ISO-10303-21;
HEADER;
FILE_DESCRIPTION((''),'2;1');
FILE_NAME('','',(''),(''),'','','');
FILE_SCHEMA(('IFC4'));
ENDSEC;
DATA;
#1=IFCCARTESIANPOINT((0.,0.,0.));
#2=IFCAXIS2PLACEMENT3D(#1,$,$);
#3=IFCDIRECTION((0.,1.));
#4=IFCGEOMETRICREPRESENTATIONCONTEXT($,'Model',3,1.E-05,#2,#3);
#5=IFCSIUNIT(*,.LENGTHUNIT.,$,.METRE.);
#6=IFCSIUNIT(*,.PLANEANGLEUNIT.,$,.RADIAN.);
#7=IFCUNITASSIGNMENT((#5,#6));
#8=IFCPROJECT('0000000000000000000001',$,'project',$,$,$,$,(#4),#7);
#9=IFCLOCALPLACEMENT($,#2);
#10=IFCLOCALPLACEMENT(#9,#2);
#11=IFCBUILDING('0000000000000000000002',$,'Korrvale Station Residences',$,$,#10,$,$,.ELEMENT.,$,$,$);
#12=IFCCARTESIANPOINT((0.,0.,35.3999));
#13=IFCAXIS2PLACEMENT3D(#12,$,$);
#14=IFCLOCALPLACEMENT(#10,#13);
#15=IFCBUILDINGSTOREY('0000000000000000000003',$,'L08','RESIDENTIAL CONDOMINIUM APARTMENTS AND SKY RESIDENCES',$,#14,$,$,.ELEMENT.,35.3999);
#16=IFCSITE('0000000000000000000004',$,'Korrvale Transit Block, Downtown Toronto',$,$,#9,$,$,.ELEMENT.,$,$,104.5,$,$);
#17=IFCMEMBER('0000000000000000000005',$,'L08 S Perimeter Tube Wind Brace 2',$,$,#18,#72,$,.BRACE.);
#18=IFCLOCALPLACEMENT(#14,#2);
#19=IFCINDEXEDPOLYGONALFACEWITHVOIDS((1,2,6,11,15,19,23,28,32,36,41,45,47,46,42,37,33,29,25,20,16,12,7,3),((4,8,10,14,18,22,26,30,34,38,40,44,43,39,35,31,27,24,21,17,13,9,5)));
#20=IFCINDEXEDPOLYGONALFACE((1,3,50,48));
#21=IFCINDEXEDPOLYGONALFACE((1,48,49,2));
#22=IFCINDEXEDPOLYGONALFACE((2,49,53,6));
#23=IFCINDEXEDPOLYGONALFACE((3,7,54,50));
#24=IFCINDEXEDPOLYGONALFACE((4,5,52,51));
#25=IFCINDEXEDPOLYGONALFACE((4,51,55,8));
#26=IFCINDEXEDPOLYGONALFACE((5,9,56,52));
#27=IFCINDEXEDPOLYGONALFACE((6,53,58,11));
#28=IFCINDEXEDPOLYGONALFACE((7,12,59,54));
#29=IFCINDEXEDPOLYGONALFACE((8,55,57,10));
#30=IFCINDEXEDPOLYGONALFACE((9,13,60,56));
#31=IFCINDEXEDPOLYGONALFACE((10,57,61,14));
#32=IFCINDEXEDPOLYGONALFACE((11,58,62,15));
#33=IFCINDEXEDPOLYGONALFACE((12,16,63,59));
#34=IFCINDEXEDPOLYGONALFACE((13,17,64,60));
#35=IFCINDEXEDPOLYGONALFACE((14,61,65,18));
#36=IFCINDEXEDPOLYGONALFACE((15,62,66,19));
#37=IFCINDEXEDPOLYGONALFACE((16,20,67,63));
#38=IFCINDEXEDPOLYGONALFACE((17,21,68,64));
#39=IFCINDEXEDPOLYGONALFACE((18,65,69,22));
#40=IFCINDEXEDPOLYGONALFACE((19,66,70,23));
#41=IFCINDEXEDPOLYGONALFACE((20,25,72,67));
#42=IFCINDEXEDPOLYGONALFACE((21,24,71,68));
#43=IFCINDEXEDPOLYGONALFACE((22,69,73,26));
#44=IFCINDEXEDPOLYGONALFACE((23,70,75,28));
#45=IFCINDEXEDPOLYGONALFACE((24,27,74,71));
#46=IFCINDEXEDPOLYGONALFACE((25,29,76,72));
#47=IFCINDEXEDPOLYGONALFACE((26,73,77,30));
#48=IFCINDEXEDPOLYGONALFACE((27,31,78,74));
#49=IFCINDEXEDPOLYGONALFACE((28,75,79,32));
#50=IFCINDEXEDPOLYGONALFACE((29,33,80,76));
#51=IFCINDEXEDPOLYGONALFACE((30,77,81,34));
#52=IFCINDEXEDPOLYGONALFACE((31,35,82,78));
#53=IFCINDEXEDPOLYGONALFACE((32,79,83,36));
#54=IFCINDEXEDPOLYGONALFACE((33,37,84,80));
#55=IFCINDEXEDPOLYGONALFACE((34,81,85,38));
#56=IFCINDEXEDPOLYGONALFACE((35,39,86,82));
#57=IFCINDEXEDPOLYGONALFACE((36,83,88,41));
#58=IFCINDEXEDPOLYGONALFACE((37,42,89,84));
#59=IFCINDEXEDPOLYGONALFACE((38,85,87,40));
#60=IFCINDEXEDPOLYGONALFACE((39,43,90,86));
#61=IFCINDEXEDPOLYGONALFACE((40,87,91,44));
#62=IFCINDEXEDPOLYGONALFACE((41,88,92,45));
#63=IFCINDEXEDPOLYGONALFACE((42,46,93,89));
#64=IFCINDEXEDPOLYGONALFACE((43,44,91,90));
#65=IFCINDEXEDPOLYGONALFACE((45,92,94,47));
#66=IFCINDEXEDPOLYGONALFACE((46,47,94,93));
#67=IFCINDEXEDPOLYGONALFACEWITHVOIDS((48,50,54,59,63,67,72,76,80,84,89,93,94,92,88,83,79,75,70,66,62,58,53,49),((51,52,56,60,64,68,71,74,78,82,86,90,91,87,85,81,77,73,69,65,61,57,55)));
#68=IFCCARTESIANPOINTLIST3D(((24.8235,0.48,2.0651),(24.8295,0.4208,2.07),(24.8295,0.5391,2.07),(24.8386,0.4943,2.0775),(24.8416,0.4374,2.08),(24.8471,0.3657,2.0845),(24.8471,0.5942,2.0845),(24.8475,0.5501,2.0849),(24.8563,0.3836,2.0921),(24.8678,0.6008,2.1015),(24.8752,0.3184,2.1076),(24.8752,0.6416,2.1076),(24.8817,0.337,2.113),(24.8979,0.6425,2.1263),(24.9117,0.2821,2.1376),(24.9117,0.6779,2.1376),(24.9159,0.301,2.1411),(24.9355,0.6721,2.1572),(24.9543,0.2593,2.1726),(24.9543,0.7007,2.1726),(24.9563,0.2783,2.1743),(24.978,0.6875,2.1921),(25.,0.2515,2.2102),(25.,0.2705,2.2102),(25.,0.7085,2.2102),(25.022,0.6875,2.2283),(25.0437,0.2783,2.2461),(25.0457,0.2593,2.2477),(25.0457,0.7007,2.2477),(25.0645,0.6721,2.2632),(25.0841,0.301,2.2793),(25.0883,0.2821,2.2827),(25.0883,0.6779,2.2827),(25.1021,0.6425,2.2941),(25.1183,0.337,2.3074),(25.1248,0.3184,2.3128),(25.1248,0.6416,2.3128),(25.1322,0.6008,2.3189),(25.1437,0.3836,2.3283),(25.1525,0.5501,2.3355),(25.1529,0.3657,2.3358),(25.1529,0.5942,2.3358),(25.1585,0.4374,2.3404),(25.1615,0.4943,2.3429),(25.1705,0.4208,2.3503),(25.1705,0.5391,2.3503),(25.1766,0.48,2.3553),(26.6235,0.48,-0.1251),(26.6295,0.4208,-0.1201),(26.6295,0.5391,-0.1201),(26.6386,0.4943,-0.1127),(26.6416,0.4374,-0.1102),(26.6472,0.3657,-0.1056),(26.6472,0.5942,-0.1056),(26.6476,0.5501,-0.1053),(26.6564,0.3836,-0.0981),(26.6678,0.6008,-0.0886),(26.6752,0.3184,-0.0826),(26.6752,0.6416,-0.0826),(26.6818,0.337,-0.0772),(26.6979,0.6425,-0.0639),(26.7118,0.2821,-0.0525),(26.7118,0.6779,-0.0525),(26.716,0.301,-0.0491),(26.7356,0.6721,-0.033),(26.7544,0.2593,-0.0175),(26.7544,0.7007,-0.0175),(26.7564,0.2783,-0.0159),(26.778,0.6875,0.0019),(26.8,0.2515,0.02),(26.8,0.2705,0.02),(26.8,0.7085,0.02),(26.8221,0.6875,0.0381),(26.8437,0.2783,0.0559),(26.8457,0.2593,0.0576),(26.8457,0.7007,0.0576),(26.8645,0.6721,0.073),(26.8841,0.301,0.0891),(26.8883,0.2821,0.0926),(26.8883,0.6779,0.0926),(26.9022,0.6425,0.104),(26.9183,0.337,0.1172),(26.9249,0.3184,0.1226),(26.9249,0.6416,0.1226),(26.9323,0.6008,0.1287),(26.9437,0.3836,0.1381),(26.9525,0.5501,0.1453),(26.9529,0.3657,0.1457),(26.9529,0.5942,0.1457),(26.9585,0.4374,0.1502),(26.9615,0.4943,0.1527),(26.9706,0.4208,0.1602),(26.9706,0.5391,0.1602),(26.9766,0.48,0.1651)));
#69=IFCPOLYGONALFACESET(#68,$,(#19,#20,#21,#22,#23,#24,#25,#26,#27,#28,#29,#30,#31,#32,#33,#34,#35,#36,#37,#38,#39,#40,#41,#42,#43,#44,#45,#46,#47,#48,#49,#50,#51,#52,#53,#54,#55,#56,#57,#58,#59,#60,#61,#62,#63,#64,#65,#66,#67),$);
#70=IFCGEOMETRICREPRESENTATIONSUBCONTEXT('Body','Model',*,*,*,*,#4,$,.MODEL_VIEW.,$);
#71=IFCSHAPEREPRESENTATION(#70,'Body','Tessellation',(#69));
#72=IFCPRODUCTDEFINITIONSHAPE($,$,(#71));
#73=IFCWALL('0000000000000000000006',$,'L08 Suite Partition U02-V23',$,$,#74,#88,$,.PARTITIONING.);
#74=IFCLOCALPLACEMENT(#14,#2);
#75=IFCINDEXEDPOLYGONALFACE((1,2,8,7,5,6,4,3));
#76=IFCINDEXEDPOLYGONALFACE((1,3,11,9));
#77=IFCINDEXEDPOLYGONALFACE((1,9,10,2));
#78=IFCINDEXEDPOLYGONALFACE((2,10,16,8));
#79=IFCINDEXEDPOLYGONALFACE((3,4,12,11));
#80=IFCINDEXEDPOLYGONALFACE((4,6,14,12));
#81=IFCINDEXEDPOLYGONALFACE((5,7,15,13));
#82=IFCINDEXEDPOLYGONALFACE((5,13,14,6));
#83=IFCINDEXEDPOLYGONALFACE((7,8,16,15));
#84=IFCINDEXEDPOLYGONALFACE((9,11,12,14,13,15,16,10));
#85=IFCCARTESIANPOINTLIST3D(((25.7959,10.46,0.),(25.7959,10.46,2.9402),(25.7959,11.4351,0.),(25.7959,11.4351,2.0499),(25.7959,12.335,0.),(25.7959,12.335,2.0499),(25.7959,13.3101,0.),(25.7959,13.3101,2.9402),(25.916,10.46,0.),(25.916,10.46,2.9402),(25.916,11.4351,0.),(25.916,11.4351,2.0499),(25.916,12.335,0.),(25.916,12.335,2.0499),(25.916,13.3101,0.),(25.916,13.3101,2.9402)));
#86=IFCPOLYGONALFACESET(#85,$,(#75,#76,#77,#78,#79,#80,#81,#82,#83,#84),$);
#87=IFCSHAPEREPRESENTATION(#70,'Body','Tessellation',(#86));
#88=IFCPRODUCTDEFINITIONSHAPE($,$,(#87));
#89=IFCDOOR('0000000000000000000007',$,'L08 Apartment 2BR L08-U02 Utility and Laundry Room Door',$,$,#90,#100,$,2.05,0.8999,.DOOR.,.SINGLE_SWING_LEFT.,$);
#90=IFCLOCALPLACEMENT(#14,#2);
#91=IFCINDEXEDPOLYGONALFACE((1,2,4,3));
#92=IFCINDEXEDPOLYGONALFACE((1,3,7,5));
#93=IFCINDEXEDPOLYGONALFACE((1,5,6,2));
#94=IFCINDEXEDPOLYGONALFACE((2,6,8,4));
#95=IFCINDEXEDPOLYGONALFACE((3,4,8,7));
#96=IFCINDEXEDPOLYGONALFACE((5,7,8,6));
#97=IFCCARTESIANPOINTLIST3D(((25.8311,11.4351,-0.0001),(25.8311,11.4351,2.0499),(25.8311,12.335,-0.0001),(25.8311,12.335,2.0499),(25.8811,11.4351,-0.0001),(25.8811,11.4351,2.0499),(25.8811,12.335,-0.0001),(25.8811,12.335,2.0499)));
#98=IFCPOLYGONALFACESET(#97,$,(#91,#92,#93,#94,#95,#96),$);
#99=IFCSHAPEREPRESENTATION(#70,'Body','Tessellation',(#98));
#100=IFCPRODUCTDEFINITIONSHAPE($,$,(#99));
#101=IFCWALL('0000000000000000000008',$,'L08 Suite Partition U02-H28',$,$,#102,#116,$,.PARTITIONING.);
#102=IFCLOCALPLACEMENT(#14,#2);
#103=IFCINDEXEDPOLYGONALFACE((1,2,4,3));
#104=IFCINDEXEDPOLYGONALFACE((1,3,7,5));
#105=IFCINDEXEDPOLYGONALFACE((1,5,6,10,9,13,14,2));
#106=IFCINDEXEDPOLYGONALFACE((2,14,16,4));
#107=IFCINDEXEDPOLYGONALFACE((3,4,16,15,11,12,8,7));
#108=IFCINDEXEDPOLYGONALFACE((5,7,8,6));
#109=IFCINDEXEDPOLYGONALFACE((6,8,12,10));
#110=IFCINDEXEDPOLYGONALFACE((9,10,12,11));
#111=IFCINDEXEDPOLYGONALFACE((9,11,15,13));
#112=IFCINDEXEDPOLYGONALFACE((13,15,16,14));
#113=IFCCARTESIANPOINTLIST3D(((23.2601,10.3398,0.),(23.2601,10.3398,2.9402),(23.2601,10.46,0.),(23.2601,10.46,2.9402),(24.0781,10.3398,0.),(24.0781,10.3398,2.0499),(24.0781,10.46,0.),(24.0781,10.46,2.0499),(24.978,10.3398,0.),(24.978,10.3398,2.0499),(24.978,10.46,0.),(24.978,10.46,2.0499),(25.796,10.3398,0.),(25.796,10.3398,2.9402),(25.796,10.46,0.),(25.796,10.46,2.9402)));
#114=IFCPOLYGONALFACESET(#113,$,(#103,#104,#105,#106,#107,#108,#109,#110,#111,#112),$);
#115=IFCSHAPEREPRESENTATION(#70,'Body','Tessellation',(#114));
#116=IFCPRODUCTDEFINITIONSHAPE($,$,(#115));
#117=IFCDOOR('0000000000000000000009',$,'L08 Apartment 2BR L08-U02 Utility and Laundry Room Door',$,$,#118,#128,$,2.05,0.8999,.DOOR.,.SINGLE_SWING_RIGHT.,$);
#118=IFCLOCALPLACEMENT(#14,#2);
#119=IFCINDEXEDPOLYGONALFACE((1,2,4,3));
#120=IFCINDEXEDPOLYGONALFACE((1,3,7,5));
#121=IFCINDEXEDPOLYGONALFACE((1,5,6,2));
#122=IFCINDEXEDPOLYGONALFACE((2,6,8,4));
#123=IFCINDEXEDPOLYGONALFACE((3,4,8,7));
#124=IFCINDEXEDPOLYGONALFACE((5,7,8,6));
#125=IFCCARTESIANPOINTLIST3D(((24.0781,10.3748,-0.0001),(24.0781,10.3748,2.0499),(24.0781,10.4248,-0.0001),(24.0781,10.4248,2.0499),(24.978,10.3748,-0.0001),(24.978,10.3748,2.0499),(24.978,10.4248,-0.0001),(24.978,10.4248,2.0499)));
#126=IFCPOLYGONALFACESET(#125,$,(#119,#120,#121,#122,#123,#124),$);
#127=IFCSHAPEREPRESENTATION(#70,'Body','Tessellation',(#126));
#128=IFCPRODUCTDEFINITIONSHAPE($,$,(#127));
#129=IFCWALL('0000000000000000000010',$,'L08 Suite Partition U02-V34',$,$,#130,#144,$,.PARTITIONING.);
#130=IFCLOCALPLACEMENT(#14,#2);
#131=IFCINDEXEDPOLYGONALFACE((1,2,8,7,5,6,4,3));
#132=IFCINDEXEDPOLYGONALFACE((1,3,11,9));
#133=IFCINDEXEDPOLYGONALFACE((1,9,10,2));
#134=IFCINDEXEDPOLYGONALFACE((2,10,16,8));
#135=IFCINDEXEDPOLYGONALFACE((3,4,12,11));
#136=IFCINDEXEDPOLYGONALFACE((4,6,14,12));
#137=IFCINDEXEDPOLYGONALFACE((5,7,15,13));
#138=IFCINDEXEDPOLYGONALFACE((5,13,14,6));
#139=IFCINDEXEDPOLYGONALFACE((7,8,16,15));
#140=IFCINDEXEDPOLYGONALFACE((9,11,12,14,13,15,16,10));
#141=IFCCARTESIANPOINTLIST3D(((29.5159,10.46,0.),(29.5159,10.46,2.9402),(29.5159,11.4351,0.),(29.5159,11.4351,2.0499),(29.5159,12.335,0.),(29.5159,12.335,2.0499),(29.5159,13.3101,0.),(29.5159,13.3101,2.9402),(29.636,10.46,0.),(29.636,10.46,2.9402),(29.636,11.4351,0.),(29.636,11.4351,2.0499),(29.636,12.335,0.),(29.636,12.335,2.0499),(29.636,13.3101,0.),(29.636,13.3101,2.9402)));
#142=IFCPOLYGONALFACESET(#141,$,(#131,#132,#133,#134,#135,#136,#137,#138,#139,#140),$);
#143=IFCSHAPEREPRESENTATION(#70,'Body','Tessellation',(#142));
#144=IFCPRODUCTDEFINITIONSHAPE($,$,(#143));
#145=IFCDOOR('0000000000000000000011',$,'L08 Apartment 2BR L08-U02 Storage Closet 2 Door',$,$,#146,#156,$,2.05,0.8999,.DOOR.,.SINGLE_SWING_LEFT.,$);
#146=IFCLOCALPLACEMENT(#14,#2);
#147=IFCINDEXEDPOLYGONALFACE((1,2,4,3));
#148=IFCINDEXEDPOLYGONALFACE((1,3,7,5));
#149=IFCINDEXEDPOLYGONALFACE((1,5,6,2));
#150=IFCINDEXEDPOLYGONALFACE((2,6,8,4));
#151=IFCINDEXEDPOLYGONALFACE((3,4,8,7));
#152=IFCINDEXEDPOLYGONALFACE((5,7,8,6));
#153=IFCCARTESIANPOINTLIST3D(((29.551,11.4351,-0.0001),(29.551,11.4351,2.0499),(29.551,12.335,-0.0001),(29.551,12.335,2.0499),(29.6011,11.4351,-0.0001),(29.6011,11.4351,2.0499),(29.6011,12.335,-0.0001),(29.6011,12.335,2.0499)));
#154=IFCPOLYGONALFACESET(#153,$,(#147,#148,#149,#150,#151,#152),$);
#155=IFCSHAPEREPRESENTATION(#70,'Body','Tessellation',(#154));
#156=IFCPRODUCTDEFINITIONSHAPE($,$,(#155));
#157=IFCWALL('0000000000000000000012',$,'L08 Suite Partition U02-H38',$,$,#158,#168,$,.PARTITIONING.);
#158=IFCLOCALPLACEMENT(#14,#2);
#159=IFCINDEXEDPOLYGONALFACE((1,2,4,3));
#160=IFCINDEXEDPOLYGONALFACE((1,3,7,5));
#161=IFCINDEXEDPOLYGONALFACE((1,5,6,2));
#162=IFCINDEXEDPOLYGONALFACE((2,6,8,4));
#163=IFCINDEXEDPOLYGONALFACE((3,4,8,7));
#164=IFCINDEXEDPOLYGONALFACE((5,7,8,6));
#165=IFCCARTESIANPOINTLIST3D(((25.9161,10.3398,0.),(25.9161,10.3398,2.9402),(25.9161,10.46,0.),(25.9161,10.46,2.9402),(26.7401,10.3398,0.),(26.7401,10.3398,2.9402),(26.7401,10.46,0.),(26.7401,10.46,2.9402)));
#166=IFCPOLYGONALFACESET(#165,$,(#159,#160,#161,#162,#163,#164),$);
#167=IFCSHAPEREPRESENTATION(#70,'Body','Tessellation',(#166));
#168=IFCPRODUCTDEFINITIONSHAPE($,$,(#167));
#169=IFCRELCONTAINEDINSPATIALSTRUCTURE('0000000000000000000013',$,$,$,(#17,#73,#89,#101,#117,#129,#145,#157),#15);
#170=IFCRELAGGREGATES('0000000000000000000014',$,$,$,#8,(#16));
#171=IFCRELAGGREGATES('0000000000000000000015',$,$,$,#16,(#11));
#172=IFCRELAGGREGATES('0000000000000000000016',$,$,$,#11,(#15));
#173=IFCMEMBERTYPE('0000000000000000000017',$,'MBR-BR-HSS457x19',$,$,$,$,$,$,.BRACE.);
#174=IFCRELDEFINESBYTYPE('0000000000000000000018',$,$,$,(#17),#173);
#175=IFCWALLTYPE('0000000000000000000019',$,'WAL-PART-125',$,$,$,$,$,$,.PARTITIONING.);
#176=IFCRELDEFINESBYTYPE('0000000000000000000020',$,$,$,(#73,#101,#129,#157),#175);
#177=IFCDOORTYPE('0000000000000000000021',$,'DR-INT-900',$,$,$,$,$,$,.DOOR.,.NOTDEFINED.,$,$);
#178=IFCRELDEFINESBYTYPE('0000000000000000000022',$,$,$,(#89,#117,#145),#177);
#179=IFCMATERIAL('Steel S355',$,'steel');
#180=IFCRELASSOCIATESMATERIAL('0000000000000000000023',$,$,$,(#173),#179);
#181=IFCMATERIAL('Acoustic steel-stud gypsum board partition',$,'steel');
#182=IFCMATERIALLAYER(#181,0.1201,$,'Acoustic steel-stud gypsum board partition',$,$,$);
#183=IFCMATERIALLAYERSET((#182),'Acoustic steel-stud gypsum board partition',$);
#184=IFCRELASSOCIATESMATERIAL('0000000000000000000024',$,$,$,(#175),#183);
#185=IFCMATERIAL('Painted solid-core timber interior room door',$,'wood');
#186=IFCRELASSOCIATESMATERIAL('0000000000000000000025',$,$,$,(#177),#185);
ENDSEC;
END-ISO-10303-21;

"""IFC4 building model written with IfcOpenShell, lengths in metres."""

from ifc_helpers import new_model, si_unit, direction, frame, frame_2d, origin, origin_2d, place, context, subcontext, project, spatial, rectangle, hollow_circle, extrude, material, layer, layer_set, material_profile, profile_set, type_object, element, fill, save


model = new_model("IFC4")

# Units and contexts
model_context = context("Model", 3, precision=1e-05, world=origin(), true_north=direction((0.0, 1.0)))
body_context = subcontext(model_context, "Body", "Model", "MODEL_VIEW")
ifc_project = project(units=[si_unit("LENGTHUNIT", "METRE"), si_unit("PLANEANGLEUNIT", "RADIAN")], contexts=[model_context])

# Site, building, storey
site_placement = place(None, origin())
site = spatial("IfcSite", under=ifc_project, at=site_placement, Name="Korrvale Transit Block, Downtown Toronto", CompositionType="ELEMENT", RefElevation=104.5)
building_placement = place(site_placement, origin())
building = spatial("IfcBuilding", under=site, at=building_placement, Name="Korrvale Station Residences", CompositionType="ELEMENT")
storey_placement = place(building_placement, frame((0.0, 0.0, 35.3999)))
storey = spatial("IfcBuildingStorey", under=building, at=storey_placement, Name="L08", Description="RESIDENTIAL CONDOMINIUM APARTMENTS AND SKY RESIDENCES", CompositionType="ELEMENT", Elevation=35.3999)

# Shared definitions
ifc_material_1 = material(Name="Steel S355", Category="steel")

# Member
ifc_material_profile_1 = material_profile(ifc_material_1, hollow_circle(Radius=0.2285, WallThickness=0.019, at=origin_2d()), Name="HSS457x19")
ifc_profile_set_1 = profile_set([ifc_material_profile_1], Name="Steel S355")
member_type = type_object("IfcMemberType", Name="MBR-BR-HSS457x19", PredefinedType="BRACE", material=ifc_profile_set_1)
for number, where, z_axis, x_axis, name in (
    (1, (26.8, 0.48, 0.02), (-0.634943, 0.0, 0.772559), (0.0, -1.0, 0.0), "L08 S Perimeter Tube Wind Brace 2"),
):
    element("IfcMember", number, at=place(storey_placement, frame(where, z_axis=z_axis, x_axis=x_axis)), inside=storey, type_object=member_type, Name=name, PredefinedType="BRACE", context=body_context, shape_type="SweptSolid", body=[
        extrude(hollow_circle(Radius=0.2285, WallThickness=0.019, at=origin_2d()), origin(), (0.0, 0.0, 1.0), 2.835),
    ])

# Walls, openings, doors
ifc_material_2 = material(Name="Acoustic steel-stud gypsum board partition", Category="steel")
ifc_layer_1 = layer(ifc_material_2, 0.1201, Name="Acoustic steel-stud gypsum board partition")
ifc_layer_set_1 = layer_set([ifc_layer_1], Name="Acoustic steel-stud gypsum board partition")
wall_type = type_object("IfcWallType", Name="WAL-PART-125", PredefinedType="PARTITIONING", material=ifc_layer_set_1)
wall_1_placement = place(storey_placement, frame((25.856, 10.46, 0.0), z_axis=(0.0, 0.0, 1.0), x_axis=(0.0, 1.0, 0.0)))
wall_1 = element("IfcWall", 2, at=wall_1_placement, inside=storey, type_object=wall_type, Name="L08 Suite Partition U02-V23", PredefinedType="PARTITIONING", context=body_context, shape_type="SweptSolid", body=[
    extrude(rectangle(XDim=2.8501, YDim=0.1201, at=frame_2d((1.425, 0.0))), origin(), (0.0, 0.0, 1.0), 2.9402),
])
opening_1_placement = place(wall_1_placement, frame((0.9751, 0.0, 0.0)))
opening_1 = element("IfcOpeningElement", 3, at=opening_1_placement, cuts=wall_1, PredefinedType="OPENING", context=body_context, shape_type="SweptSolid", body=[
    extrude(rectangle(XDim=0.8999, YDim=2.05, at=frame_2d((0.45, 1.0249))), frame((0.0, 0.0701, 0.0), z_axis=(0.0, -1.0, 0.0), x_axis=(1.0, 0.0, 0.0)), (0.0, 0.0, 1.0), 0.1401),
])
ifc_material_3 = material(Name="Painted solid-core timber interior room door", Category="wood")
door_type = type_object("IfcDoorType", Name="DR-INT-900", OperationType="NOTDEFINED", PredefinedType="DOOR", material=ifc_material_3)
door_1_placement = place(opening_1_placement, origin())
door_1 = element("IfcDoor", 4, at=door_1_placement, inside=storey, type_object=door_type, Name="L08 Apartment 2BR L08-U02 Utility and Laundry Room Door", OperationType="SINGLE_SWING_LEFT", OverallHeight=2.05, OverallWidth=0.8999, PredefinedType="DOOR", context=body_context, shape_type="SweptSolid", body=[
    extrude(rectangle(XDim=0.8999, YDim=2.05, at=frame_2d((0.45, 1.0249))), frame((0.0, 0.0249, 0.0), z_axis=(0.0, -1.0, 0.0), x_axis=(1.0, 0.0, 0.0)), (0.0, 0.0, 1.0), 0.05),
])
fill(opening_1, door_1)
wall_2_placement = place(storey_placement, frame((23.26, 10.3999, 0.0), z_axis=(0.0, 0.0, 1.0), x_axis=(1.0, 0.0, 0.0)))
wall_2 = element("IfcWall", 5, at=wall_2_placement, inside=storey, type_object=wall_type, Name="L08 Suite Partition U02-H28", PredefinedType="PARTITIONING", context=body_context, shape_type="SweptSolid", body=[
    extrude(rectangle(XDim=2.5359, YDim=0.1201, at=frame_2d((1.2681, 0.0))), origin(), (0.0, 0.0, 1.0), 2.9402),
])
opening_2_placement = place(wall_2_placement, frame((0.8181, 0.0, 0.0)))
opening_2 = element("IfcOpeningElement", 6, at=opening_2_placement, cuts=wall_2, PredefinedType="OPENING", context=body_context, shape_type="SweptSolid", body=[
    extrude(rectangle(XDim=0.8999, YDim=2.05, at=frame_2d((0.45, 1.0249))), frame((0.0, 0.0701, 0.0), z_axis=(0.0, -1.0, 0.0), x_axis=(1.0, 0.0, 0.0)), (0.0, 0.0, 1.0), 0.1401),
])
door_2_placement = place(opening_2_placement, origin())
door_2 = element("IfcDoor", 7, at=door_2_placement, inside=storey, type_object=door_type, Name="L08 Apartment 2BR L08-U02 Utility and Laundry Room Door", OperationType="SINGLE_SWING_RIGHT", OverallHeight=2.05, OverallWidth=0.8999, PredefinedType="DOOR", context=body_context, shape_type="SweptSolid", body=[
    extrude(rectangle(XDim=0.8999, YDim=2.05, at=frame_2d((0.45, 1.0249))), frame((0.0, 0.0249, 0.0), z_axis=(0.0, -1.0, 0.0), x_axis=(1.0, 0.0, 0.0)), (0.0, 0.0, 1.0), 0.05),
])
fill(opening_2, door_2)
wall_3_placement = place(storey_placement, frame((29.5759, 10.46, 0.0), z_axis=(0.0, 0.0, 1.0), x_axis=(0.0, 1.0, 0.0)))
wall_3 = element("IfcWall", 8, at=wall_3_placement, inside=storey, type_object=wall_type, Name="L08 Suite Partition U02-V34", PredefinedType="PARTITIONING", context=body_context, shape_type="SweptSolid", body=[
    extrude(rectangle(XDim=2.8501, YDim=0.1201, at=frame_2d((1.425, 0.0))), origin(), (0.0, 0.0, 1.0), 2.9402),
])
opening_3_placement = place(wall_3_placement, frame((0.9751, 0.0, 0.0)))
opening_3 = element("IfcOpeningElement", 9, at=opening_3_placement, cuts=wall_3, PredefinedType="OPENING", context=body_context, shape_type="SweptSolid", body=[
    extrude(rectangle(XDim=0.8999, YDim=2.05, at=frame_2d((0.45, 1.0249))), frame((0.0, 0.0701, 0.0), z_axis=(0.0, -1.0, 0.0), x_axis=(1.0, 0.0, 0.0)), (0.0, 0.0, 1.0), 0.1401),
])
door_3_placement = place(opening_3_placement, origin())
door_3 = element("IfcDoor", 10, at=door_3_placement, inside=storey, type_object=door_type, Name="L08 Apartment 2BR L08-U02 Storage Closet 2 Door", OperationType="SINGLE_SWING_LEFT", OverallHeight=2.05, OverallWidth=0.8999, PredefinedType="DOOR", context=body_context, shape_type="SweptSolid", body=[
    extrude(rectangle(XDim=0.8999, YDim=2.05, at=frame_2d((0.45, 1.0249))), frame((0.0, 0.0249, 0.0), z_axis=(0.0, -1.0, 0.0), x_axis=(1.0, 0.0, 0.0)), (0.0, 0.0, 1.0), 0.05),
])
fill(opening_3, door_3)

# Wall
wall_4_placement = place(storey_placement, frame((25.916, 10.3999, 0.0), z_axis=(0.0, 0.0, 1.0), x_axis=(1.0, 0.0, 0.0)))
element("IfcWall", 11, at=wall_4_placement, inside=storey, type_object=wall_type, Name="L08 Suite Partition U02-H38", PredefinedType="PARTITIONING", context=body_context, shape_type="SweptSolid", body=[
    extrude(rectangle(XDim=0.824, YDim=0.1201, at=frame_2d((0.4121, 0.0))), origin(), (0.0, 0.0, 1.0), 2.9402),
])

save(model, "model.ifc")
